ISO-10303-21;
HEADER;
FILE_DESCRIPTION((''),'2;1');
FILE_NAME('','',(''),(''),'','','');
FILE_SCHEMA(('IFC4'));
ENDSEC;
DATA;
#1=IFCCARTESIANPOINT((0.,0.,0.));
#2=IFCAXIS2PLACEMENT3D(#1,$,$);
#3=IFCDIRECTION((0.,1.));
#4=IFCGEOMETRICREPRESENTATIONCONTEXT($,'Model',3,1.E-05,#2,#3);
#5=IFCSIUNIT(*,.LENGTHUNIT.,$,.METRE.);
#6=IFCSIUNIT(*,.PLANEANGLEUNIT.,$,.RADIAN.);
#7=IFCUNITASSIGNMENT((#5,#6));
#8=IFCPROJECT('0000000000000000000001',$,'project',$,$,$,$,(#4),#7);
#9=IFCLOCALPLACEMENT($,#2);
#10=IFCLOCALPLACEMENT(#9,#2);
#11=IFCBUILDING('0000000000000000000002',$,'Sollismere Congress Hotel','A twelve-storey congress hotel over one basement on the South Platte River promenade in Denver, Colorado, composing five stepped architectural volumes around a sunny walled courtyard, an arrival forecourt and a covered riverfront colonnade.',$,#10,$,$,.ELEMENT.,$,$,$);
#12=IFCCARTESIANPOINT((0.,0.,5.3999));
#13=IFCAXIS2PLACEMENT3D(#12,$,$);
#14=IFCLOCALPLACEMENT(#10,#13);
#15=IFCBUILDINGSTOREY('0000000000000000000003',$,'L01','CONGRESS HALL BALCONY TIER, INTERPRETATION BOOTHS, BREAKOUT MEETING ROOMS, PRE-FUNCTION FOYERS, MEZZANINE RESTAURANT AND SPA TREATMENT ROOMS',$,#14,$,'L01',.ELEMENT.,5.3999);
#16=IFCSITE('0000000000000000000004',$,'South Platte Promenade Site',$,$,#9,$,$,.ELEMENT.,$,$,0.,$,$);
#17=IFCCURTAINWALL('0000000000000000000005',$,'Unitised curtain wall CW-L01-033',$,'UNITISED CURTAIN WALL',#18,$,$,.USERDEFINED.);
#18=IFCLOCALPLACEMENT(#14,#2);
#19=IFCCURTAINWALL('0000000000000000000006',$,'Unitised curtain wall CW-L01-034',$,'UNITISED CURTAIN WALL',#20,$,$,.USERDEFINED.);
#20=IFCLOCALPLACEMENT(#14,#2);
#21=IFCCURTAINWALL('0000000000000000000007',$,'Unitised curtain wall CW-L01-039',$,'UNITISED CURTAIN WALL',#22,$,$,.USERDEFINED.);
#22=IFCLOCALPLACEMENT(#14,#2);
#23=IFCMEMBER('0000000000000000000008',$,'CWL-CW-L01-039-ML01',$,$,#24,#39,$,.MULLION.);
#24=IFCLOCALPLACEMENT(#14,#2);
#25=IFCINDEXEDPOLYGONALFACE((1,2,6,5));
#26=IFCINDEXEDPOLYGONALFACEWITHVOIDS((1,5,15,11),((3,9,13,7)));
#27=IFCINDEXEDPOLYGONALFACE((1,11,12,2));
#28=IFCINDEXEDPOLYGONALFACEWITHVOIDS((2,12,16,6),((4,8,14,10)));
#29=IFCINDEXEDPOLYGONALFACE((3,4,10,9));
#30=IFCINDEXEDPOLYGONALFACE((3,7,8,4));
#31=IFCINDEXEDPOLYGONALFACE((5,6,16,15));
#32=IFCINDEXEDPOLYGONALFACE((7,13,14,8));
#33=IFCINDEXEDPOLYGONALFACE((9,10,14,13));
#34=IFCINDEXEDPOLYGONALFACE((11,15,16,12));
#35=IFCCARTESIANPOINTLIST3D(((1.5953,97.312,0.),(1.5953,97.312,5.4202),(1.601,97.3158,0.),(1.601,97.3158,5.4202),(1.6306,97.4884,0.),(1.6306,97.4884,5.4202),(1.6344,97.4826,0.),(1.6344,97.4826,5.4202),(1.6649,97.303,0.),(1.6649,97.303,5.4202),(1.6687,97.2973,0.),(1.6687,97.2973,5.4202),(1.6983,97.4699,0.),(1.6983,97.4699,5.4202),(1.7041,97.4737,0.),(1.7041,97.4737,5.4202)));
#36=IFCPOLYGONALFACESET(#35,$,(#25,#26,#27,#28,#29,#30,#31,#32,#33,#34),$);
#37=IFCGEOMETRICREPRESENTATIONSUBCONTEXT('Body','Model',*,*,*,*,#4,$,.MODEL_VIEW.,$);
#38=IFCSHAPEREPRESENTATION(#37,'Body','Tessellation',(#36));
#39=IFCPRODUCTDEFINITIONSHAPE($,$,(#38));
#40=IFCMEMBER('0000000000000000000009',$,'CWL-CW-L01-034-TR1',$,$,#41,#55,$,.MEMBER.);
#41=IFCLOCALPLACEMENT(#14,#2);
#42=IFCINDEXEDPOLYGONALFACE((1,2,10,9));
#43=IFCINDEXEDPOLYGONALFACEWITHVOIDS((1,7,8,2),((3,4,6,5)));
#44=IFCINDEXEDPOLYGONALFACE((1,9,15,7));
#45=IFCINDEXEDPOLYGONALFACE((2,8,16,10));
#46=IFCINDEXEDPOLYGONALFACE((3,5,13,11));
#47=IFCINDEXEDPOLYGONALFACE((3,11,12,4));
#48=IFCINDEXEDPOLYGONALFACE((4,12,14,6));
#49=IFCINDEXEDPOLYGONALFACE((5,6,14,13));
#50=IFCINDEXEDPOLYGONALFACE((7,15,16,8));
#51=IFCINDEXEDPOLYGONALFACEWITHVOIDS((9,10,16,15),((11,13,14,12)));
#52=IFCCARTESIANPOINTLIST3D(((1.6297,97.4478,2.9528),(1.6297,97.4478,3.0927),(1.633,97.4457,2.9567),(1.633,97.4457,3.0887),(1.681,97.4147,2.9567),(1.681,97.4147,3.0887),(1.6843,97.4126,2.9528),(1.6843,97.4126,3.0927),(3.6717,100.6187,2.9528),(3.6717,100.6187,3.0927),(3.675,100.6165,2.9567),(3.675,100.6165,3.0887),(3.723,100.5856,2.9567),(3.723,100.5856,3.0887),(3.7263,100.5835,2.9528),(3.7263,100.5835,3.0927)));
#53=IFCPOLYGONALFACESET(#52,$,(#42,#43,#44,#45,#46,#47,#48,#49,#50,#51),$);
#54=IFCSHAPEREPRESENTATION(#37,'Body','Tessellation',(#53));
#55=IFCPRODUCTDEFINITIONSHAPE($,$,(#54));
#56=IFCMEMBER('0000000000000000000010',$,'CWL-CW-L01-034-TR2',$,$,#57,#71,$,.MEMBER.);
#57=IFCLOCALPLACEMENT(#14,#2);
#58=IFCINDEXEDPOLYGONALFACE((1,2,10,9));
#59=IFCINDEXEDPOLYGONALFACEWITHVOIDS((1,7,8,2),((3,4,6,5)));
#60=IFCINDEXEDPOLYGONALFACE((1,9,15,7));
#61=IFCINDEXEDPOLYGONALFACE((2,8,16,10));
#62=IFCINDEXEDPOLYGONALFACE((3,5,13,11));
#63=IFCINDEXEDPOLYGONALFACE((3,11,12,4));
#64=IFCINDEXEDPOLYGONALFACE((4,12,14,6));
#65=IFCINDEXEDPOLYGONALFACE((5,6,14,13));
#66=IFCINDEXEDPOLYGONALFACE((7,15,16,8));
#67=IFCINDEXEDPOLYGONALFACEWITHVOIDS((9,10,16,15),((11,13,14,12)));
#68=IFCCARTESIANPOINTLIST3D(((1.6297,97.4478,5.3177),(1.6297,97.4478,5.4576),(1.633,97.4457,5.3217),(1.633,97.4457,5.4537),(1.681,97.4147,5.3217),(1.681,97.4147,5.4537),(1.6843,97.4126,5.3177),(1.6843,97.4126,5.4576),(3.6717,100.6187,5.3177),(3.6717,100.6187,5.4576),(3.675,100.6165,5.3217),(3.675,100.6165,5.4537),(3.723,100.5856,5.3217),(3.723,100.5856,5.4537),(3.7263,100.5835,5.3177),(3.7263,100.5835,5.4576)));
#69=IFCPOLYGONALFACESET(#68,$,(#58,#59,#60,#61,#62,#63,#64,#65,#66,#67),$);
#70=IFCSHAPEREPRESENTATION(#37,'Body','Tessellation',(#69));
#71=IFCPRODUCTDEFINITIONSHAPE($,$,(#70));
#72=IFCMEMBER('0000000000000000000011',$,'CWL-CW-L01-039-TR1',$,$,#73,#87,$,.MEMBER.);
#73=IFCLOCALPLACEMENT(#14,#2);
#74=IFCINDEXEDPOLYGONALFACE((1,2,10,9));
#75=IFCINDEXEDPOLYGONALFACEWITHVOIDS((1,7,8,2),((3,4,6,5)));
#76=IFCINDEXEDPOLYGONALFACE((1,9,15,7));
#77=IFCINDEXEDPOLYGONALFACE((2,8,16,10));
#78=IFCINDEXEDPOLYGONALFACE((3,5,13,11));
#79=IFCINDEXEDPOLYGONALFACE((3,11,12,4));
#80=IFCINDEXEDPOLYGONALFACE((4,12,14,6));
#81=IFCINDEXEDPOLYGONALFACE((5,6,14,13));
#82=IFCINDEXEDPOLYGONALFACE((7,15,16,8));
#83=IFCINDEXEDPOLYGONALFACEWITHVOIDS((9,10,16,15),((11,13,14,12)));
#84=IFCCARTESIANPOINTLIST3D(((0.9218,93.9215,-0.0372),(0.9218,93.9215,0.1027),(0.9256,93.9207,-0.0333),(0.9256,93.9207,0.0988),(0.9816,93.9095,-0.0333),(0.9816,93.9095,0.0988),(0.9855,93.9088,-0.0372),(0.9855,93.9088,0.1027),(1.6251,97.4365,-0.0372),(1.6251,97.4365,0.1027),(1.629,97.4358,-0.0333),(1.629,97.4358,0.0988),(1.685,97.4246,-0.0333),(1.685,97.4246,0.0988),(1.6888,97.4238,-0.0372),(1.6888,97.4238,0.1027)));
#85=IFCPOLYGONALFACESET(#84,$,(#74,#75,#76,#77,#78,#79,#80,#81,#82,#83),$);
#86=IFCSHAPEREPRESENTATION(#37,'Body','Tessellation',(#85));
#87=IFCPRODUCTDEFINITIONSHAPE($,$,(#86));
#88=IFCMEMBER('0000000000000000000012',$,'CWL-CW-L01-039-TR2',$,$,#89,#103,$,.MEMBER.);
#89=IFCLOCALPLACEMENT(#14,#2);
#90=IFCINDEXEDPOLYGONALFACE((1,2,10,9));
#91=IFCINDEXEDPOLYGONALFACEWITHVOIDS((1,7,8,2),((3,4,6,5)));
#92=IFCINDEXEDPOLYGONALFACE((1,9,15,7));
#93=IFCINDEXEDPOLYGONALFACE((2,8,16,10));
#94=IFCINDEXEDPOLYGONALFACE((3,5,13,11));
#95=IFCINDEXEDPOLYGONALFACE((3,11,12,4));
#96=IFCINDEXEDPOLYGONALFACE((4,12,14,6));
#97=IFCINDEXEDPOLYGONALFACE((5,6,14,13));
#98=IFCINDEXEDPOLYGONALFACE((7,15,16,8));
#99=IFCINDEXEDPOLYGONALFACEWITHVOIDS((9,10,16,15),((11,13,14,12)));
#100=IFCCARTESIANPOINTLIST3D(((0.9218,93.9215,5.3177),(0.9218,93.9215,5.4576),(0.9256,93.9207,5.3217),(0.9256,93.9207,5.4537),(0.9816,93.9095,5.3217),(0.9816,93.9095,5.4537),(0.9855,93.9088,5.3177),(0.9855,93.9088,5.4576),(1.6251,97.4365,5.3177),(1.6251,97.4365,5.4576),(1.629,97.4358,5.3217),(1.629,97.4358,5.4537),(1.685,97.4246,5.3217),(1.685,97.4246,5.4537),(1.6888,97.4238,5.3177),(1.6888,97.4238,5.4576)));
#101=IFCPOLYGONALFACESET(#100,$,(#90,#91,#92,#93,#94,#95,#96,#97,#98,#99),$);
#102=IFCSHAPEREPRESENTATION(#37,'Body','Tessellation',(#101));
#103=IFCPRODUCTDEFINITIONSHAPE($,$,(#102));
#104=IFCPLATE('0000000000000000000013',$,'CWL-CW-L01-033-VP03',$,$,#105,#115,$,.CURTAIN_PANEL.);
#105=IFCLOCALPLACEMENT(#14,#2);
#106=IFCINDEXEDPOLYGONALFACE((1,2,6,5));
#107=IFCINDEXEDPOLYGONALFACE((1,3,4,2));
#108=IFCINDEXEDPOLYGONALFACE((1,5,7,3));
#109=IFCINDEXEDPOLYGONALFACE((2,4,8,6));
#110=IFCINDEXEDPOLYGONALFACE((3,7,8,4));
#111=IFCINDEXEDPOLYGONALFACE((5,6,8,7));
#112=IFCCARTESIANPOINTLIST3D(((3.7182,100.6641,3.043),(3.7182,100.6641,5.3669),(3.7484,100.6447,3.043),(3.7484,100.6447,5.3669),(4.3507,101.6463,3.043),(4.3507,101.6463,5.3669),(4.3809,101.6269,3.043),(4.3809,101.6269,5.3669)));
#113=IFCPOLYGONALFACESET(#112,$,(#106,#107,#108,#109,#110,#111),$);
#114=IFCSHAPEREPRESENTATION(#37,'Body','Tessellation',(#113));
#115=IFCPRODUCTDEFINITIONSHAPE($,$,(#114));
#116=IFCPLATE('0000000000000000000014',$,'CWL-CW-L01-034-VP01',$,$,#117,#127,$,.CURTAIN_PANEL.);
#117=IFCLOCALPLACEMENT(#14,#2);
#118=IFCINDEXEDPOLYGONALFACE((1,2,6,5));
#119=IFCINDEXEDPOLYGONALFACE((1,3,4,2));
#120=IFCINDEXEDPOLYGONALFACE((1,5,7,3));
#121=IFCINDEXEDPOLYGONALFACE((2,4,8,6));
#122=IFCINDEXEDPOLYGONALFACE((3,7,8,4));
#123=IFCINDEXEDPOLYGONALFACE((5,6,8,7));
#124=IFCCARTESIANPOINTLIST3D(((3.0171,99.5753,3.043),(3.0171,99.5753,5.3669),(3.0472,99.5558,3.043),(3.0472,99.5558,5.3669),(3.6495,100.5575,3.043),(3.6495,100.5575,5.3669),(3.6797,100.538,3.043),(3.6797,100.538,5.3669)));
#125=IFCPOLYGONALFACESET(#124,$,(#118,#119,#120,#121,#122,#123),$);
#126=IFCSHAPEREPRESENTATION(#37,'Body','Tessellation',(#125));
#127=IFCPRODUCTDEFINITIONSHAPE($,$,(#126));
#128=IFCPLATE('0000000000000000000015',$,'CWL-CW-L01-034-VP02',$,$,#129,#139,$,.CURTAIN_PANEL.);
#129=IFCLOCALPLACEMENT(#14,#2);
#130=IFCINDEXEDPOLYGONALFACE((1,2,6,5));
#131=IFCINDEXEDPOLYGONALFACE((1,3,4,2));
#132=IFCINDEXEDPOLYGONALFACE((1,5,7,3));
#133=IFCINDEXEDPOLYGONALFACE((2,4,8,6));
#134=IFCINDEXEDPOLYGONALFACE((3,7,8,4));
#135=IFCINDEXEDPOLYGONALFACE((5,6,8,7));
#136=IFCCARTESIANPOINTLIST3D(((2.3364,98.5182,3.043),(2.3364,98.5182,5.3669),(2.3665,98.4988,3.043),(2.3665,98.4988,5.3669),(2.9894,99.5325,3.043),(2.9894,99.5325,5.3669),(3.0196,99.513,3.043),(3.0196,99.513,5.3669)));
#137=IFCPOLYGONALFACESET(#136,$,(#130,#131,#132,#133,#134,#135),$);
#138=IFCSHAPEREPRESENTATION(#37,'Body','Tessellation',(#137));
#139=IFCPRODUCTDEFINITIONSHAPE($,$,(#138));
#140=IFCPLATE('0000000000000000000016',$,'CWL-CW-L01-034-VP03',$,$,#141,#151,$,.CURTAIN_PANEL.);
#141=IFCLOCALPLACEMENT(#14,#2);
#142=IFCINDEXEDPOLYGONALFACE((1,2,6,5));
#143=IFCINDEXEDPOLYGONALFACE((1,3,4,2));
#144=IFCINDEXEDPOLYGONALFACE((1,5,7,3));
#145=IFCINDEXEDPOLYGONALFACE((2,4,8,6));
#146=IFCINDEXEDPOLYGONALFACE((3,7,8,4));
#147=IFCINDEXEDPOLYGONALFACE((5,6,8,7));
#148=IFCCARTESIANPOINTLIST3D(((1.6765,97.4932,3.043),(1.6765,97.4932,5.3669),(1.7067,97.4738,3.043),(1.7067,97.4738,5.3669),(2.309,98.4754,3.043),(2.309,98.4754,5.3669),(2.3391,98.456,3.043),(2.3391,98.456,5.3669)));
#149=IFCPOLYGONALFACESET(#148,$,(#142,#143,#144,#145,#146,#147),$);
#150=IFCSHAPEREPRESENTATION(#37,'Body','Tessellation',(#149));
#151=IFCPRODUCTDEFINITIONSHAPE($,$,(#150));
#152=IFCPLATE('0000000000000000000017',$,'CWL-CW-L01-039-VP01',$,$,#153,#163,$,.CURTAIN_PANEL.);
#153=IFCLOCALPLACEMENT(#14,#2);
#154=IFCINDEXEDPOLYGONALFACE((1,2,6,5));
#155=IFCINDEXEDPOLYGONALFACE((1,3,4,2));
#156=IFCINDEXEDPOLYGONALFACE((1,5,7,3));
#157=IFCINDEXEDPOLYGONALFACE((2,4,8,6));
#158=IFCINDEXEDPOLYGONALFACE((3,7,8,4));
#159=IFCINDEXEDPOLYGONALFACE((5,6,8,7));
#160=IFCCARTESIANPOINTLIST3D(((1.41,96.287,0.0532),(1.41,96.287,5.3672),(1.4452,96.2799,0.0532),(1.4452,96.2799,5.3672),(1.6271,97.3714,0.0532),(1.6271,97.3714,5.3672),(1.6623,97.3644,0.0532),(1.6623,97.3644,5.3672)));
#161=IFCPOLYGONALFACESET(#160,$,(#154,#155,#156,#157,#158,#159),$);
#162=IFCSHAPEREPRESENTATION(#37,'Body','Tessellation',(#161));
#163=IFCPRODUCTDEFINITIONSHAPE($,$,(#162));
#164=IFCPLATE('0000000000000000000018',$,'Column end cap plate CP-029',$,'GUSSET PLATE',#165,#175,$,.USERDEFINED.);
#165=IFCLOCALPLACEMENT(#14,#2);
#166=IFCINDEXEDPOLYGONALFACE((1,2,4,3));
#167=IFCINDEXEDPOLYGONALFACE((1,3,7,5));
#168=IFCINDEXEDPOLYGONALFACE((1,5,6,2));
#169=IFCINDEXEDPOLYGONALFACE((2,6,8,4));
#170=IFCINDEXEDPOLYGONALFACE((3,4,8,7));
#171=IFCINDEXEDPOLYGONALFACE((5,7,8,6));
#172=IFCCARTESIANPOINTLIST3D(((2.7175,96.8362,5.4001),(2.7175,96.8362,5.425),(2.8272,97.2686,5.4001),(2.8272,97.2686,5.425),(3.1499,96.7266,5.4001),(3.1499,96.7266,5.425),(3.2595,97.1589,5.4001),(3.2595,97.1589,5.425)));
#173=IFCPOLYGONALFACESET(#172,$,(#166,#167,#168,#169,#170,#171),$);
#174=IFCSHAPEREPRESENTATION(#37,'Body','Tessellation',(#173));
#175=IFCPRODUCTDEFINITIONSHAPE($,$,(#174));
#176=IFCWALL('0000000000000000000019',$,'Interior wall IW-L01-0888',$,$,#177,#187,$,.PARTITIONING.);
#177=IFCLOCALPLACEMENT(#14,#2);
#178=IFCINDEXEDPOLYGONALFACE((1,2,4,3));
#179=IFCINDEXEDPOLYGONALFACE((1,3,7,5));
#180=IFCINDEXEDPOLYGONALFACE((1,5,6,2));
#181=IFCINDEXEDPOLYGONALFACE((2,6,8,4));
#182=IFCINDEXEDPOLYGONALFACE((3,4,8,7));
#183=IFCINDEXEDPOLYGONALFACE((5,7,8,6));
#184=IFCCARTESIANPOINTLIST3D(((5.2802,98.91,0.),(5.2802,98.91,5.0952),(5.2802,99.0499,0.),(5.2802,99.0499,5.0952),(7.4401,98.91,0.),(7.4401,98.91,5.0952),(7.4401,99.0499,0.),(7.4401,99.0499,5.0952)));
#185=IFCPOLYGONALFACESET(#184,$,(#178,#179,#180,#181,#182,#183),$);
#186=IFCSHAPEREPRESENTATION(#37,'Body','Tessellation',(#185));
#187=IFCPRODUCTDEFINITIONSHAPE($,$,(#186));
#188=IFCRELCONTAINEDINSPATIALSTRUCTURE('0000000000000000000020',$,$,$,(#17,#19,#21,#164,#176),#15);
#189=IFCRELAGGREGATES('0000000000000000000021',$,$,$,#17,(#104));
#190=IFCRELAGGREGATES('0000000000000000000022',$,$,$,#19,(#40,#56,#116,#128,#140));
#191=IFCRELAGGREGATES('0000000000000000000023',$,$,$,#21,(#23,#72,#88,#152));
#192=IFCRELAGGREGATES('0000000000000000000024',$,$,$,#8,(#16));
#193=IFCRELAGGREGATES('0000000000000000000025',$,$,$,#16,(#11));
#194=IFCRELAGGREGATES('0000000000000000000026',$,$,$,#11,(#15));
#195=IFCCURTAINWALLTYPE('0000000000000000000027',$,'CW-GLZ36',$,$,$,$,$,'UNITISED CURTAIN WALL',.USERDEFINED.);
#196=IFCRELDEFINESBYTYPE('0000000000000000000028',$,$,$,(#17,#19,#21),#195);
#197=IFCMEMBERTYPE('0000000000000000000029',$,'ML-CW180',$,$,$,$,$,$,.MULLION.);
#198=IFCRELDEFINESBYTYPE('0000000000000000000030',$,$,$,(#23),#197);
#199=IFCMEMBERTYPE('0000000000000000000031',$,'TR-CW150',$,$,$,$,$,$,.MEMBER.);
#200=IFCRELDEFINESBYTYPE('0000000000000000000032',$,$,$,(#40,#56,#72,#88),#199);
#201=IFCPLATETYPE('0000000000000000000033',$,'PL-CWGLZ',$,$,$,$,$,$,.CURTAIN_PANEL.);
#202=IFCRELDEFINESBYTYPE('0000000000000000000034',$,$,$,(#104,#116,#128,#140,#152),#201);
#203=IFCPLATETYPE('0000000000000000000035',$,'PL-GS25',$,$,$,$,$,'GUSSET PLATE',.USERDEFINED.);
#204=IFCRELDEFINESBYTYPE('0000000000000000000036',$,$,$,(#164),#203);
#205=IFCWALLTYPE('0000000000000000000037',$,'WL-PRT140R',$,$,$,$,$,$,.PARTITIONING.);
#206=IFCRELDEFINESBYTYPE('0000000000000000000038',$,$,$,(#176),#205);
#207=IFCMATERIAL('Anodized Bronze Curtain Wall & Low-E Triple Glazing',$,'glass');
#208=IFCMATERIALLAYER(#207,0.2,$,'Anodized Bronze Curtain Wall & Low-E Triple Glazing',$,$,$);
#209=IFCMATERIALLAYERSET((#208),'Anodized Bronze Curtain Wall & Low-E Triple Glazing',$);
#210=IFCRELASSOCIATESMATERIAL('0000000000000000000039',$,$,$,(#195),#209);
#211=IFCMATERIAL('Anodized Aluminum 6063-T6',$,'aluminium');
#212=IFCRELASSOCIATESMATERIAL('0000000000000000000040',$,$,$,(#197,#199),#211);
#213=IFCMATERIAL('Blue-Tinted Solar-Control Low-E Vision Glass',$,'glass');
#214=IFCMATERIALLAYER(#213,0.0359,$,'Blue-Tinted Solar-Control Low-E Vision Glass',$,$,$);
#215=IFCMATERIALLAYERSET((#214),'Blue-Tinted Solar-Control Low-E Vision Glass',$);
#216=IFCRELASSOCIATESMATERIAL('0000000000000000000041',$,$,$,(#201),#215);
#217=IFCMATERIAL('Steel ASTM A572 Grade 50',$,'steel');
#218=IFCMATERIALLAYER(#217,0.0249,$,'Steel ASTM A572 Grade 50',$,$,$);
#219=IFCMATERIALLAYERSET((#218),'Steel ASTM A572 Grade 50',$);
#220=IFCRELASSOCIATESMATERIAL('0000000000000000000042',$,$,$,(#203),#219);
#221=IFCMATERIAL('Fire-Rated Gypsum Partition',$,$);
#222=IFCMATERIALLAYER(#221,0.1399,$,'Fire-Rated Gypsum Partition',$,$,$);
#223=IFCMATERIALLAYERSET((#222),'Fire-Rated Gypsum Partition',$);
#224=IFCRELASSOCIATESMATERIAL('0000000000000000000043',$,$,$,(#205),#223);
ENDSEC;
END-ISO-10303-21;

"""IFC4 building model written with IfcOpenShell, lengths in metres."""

from ifc_helpers import new_model, si_unit, direction, frame, frame_2d, origin, origin_2d, place, context, subcontext, project, spatial, rectangle, hollow_rectangle, extrude, material, layer, layer_set, material_profile, profile_set, type_object, element, aggregate, save


model = new_model("IFC4")

# Units and contexts
model_context = context("Model", 3, precision=1e-05, world=origin(), true_north=direction((0.0, 1.0)))
body_context = subcontext(model_context, "Body", "Model", "MODEL_VIEW")
ifc_project = project(units=[si_unit("LENGTHUNIT", "METRE"), si_unit("PLANEANGLEUNIT", "RADIAN")], contexts=[model_context])

# Site, building, storey
site_placement = place(None, origin())
site = spatial("IfcSite", under=ifc_project, at=site_placement, Name="South Platte Promenade Site", CompositionType="ELEMENT", RefElevation=0.0)
building_placement = place(site_placement, origin())
building = spatial("IfcBuilding", under=site, at=building_placement, Name="Sollismere Congress Hotel", Description="A twelve-storey congress hotel over one basement on the South Platte River promenade in Denver, Colorado, composing five stepped architectural volumes around a sunny walled courtyard, an arrival forecourt and a covered riverfront colonnade.", CompositionType="ELEMENT")
storey_placement = place(building_placement, frame((0.0, 0.0, 5.3999)))
storey = spatial("IfcBuildingStorey", under=building, at=storey_placement, Name="L01", Description="CONGRESS HALL BALCONY TIER, INTERPRETATION BOOTHS, BREAKOUT MEETING ROOMS, PRE-FUNCTION FOYERS, MEZZANINE RESTAURANT AND SPA TREATMENT ROOMS", LongName="L01", CompositionType="ELEMENT", Elevation=5.3999)

# Curtain walls
ifc_material_1 = material(Name="Anodized Bronze Curtain Wall & Low-E Triple Glazing", Category="glass")
ifc_layer_1 = layer(ifc_material_1, 0.2, Name="Anodized Bronze Curtain Wall & Low-E Triple Glazing")
ifc_layer_set_1 = layer_set([ifc_layer_1], Name="Anodized Bronze Curtain Wall & Low-E Triple Glazing")
curtain_wall_type = type_object("IfcCurtainWallType", Name="CW-GLZ36", ElementType="UNITISED CURTAIN WALL", PredefinedType="USERDEFINED", material=ifc_layer_set_1)
curtain_wall_1_placement = place(storey_placement, origin())
curtain_wall_1 = element("IfcCurtainWall", 1, at=curtain_wall_1_placement, inside=storey, type_object=curtain_wall_type, Name="Unitised curtain wall CW-L01-033", ObjectType="UNITISED CURTAIN WALL", PredefinedType="USERDEFINED")
ifc_material_2 = material(Name="Anodized Aluminum 6063-T6", Category="aluminium")
ifc_material_profile_1 = material_profile(ifc_material_2, hollow_rectangle(XDim=0.075, YDim=0.1799, WallThickness=0.0049, at=origin_2d()), Name="ALU180X75X5")
ifc_profile_set_1 = profile_set([ifc_material_profile_1], Name="Anodized Aluminum 6063-T6")
member_type_1 = type_object("IfcMemberType", Name="ML-CW180", PredefinedType="MULLION", material=ifc_profile_set_1)
curtain_wall_2_placement = place(storey_placement, origin())
curtain_wall_2 = element("IfcCurtainWall", 2, at=curtain_wall_2_placement, inside=storey, type_object=curtain_wall_type, Name="Unitised curtain wall CW-L01-034", ObjectType="UNITISED CURTAIN WALL", PredefinedType="USERDEFINED")

# Curtain wall, member
curtain_wall_3_placement = place(storey_placement, origin())
curtain_wall_3 = element("IfcCurtainWall", 3, at=curtain_wall_3_placement, inside=storey, type_object=curtain_wall_type, Name="Unitised curtain wall CW-L01-039", ObjectType="UNITISED CURTAIN WALL", PredefinedType="USERDEFINED")
member_1_placement = place(storey_placement, frame((1.6497, 97.3928, 0.0), z_axis=(0.0, 0.0, 1.0), x_axis=(0.980553, -0.196254, 0.0)))
member_1 = element("IfcMember", 4, at=member_1_placement, type_object=member_type_1, Name="CWL-CW-L01-039-ML01", PredefinedType="MULLION", context=body_context, shape_type="SweptSolid", body=[
    extrude(hollow_rectangle(XDim=0.075, YDim=0.1799, WallThickness=0.0049, at=origin_2d()), origin(), (0.0, 0.0, 1.0), 5.4202),
])

# Members
ifc_material_profile_2 = material_profile(ifc_material_2, hollow_rectangle(XDim=0.0649, YDim=0.1399, WallThickness=0.0039, at=origin_2d()), Name="ALU140X65X4")
ifc_profile_set_2 = profile_set([ifc_material_profile_2], Name="Anodized Aluminum 6063-T6")
member_type_2 = type_object("IfcMemberType", Name="TR-CW150", PredefinedType="MEMBER", material=ifc_profile_set_2)
member_2_placement = place(storey_placement, frame((3.699, 100.6011, 3.0227), z_axis=(-0.541425, -0.840749, 0.0), x_axis=(0.840749, -0.541425, 0.0)))
member_2 = element("IfcMember", 5, at=member_2_placement, type_object=member_type_2, Name="CWL-CW-L01-034-TR1", PredefinedType="MEMBER", context=body_context, shape_type="SweptSolid", body=[
    extrude(hollow_rectangle(XDim=0.0649, YDim=0.1399, WallThickness=0.0039, at=origin_2d()), origin(), (0.0, 0.0, 1.0), 3.7715),
])
member_3_placement = place(storey_placement, frame((3.699, 100.6011, 5.3877), z_axis=(-0.541425, -0.840749, 0.0), x_axis=(0.840749, -0.541425, 0.0)))
member_3 = element("IfcMember", 6, at=member_3_placement, type_object=member_type_2, Name="CWL-CW-L01-034-TR2", PredefinedType="MEMBER", context=body_context, shape_type="SweptSolid", body=[
    extrude(hollow_rectangle(XDim=0.0649, YDim=0.1399, WallThickness=0.0039, at=origin_2d()), origin(), (0.0, 0.0, 1.0), 3.7715),
])
member_4_placement = place(storey_placement, frame((1.657, 97.4302, 0.0327), z_axis=(-0.196208, -0.980562, 0.0), x_axis=(0.980562, -0.196208, 0.0)))
member_4 = element("IfcMember", 7, at=member_4_placement, type_object=member_type_2, Name="CWL-CW-L01-039-TR1", PredefinedType="MEMBER", context=body_context, shape_type="SweptSolid", body=[
    extrude(hollow_rectangle(XDim=0.0649, YDim=0.1399, WallThickness=0.0039, at=origin_2d()), origin(), (0.0, 0.0, 1.0), 3.5847),
])
member_5_placement = place(storey_placement, frame((1.657, 97.4302, 5.3877), z_axis=(-0.196208, -0.980562, 0.0), x_axis=(0.980562, -0.196208, 0.0)))
member_5 = element("IfcMember", 8, at=member_5_placement, type_object=member_type_2, Name="CWL-CW-L01-039-TR2", PredefinedType="MEMBER", context=body_context, shape_type="SweptSolid", body=[
    extrude(hollow_rectangle(XDim=0.0649, YDim=0.1399, WallThickness=0.0039, at=origin_2d()), origin(), (0.0, 0.0, 1.0), 3.5847),
])

# Plates
ifc_material_3 = material(Name="Blue-Tinted Solar-Control Low-E Vision Glass", Category="glass")
ifc_layer_2 = layer(ifc_material_3, 0.0359, Name="Blue-Tinted Solar-Control Low-E Vision Glass")
ifc_layer_set_2 = layer_set([ifc_layer_2], Name="Blue-Tinted Solar-Control Low-E Vision Glass")
plate_type_1 = type_object("IfcPlateType", Name="PL-CWGLZ", PredefinedType="CURTAIN_PANEL", material=ifc_layer_set_2)
plate_1_placement = place(storey_placement, frame((4.0496, 101.1455, 3.043), z_axis=(0.0, 0.0, 1.0), x_axis=(-0.541385, -0.840775, 0.0)))
plate_1 = element("IfcPlate", 9, at=plate_1_placement, type_object=plate_type_1, Name="CWL-CW-L01-033-VP03", PredefinedType="CURTAIN_PANEL", context=body_context, shape_type="SweptSolid", body=[
    extrude(rectangle(XDim=1.1682, YDim=0.0359, at=origin_2d()), origin(), (0.0, 0.0, 1.0), 2.324),
])
aggregate(curtain_wall_1, [plate_1])
plate_2_placement = place(storey_placement, frame((3.3484, 100.0566, 3.043), z_axis=(0.0, 0.0, 1.0), x_axis=(-0.541385, -0.840775, 0.0)))
plate_2 = element("IfcPlate", 10, at=plate_2_placement, type_object=plate_type_1, Name="CWL-CW-L01-034-VP01", PredefinedType="CURTAIN_PANEL", context=body_context, shape_type="SweptSolid", body=[
    extrude(rectangle(XDim=1.1682, YDim=0.0359, at=origin_2d()), origin(), (0.0, 0.0, 1.0), 2.324),
])
plate_3_placement = place(storey_placement, frame((2.678, 99.0156, 3.043), z_axis=(0.0, 0.0, 1.0), x_axis=(-0.541385, -0.840775, 0.0)))
plate_3 = element("IfcPlate", 11, at=plate_3_placement, type_object=plate_type_1, Name="CWL-CW-L01-034-VP02", PredefinedType="CURTAIN_PANEL", context=body_context, shape_type="SweptSolid", body=[
    extrude(rectangle(XDim=1.2063, YDim=0.0359, at=origin_2d()), origin(), (0.0, 0.0, 1.0), 2.324),
])
plate_4_placement = place(storey_placement, frame((2.0078, 97.9746, 3.043), z_axis=(0.0, 0.0, 1.0), x_axis=(-0.541385, -0.840775, 0.0)))
plate_4 = element("IfcPlate", 12, at=plate_4_placement, type_object=plate_type_1, Name="CWL-CW-L01-034-VP03", PredefinedType="CURTAIN_PANEL", context=body_context, shape_type="SweptSolid", body=[
    extrude(rectangle(XDim=1.1682, YDim=0.0359, at=origin_2d()), origin(), (0.0, 0.0, 1.0), 2.324),
])
aggregate(curtain_wall_2, [member_2, member_3, plate_2, plate_3, plate_4])
plate_5_placement = place(storey_placement, frame((1.5361, 96.8257, 0.0532), z_axis=(0.0, 0.0, 1.0), x_axis=(-0.196254, -0.980553, 0.0)))
plate_5 = element("IfcPlate", 13, at=plate_5_placement, type_object=plate_type_1, Name="CWL-CW-L01-039-VP01", PredefinedType="CURTAIN_PANEL", context=body_context, shape_type="SweptSolid", body=[
    extrude(rectangle(XDim=1.106, YDim=0.0359, at=origin_2d()), origin(), (0.0, 0.0, 1.0), 5.314),
])
aggregate(curtain_wall_3, [member_1, member_4, member_5, plate_5])
ifc_material_4 = material(Name="Steel ASTM A572 Grade 50", Category="steel")
ifc_layer_3 = layer(ifc_material_4, 0.0249, Name="Steel ASTM A572 Grade 50")
ifc_layer_set_3 = layer_set([ifc_layer_3], Name="Steel ASTM A572 Grade 50")
plate_type_2 = type_object("IfcPlateType", Name="PL-GS25", ElementType="GUSSET PLATE", PredefinedType="USERDEFINED", material=ifc_layer_set_3)
plate_6_placement = place(storey_placement, frame((2.9885, 96.9976, 5.4001), z_axis=(0.0, 0.0, 1.0), x_axis=(-0.969317, 0.245815, 0.0)))
element("IfcPlate", 14, at=plate_6_placement, inside=storey, type_object=plate_type_2, Name="Column end cap plate CP-029", ObjectType="GUSSET PLATE", PredefinedType="USERDEFINED", context=body_context, shape_type="SweptSolid", body=[
    extrude(rectangle(XDim=0.446, YDim=0.446, at=origin_2d()), origin(), (0.0, 0.0, 1.0), 0.0249),
])

# Wall
ifc_material_5 = material(Name="Fire-Rated Gypsum Partition")
ifc_layer_4 = layer(ifc_material_5, 0.1399, Name="Fire-Rated Gypsum Partition")
ifc_layer_set_4 = layer_set([ifc_layer_4], Name="Fire-Rated Gypsum Partition")
wall_type = type_object("IfcWallType", Name="WL-PRT140R", PredefinedType="PARTITIONING", material=ifc_layer_set_4)
for number, where, z_axis, x_axis, name in (
    (15, (5.28, 98.98, 0.0), (0.0, 0.0, 1.0), (1.0, 0.0, 0.0), "Interior wall IW-L01-0888"),
):
    element("IfcWall", number, at=place(storey_placement, frame(where, z_axis=z_axis, x_axis=x_axis)), inside=storey, type_object=wall_type, Name=name, PredefinedType="PARTITIONING", context=body_context, shape_type="SweptSolid", body=[
        extrude(rectangle(XDim=2.1599, YDim=0.1399, at=frame_2d((1.0801, 0.0))), origin(), (0.0, 0.0, 1.0), 5.0952),
    ])

save(model, "model.ifc")
